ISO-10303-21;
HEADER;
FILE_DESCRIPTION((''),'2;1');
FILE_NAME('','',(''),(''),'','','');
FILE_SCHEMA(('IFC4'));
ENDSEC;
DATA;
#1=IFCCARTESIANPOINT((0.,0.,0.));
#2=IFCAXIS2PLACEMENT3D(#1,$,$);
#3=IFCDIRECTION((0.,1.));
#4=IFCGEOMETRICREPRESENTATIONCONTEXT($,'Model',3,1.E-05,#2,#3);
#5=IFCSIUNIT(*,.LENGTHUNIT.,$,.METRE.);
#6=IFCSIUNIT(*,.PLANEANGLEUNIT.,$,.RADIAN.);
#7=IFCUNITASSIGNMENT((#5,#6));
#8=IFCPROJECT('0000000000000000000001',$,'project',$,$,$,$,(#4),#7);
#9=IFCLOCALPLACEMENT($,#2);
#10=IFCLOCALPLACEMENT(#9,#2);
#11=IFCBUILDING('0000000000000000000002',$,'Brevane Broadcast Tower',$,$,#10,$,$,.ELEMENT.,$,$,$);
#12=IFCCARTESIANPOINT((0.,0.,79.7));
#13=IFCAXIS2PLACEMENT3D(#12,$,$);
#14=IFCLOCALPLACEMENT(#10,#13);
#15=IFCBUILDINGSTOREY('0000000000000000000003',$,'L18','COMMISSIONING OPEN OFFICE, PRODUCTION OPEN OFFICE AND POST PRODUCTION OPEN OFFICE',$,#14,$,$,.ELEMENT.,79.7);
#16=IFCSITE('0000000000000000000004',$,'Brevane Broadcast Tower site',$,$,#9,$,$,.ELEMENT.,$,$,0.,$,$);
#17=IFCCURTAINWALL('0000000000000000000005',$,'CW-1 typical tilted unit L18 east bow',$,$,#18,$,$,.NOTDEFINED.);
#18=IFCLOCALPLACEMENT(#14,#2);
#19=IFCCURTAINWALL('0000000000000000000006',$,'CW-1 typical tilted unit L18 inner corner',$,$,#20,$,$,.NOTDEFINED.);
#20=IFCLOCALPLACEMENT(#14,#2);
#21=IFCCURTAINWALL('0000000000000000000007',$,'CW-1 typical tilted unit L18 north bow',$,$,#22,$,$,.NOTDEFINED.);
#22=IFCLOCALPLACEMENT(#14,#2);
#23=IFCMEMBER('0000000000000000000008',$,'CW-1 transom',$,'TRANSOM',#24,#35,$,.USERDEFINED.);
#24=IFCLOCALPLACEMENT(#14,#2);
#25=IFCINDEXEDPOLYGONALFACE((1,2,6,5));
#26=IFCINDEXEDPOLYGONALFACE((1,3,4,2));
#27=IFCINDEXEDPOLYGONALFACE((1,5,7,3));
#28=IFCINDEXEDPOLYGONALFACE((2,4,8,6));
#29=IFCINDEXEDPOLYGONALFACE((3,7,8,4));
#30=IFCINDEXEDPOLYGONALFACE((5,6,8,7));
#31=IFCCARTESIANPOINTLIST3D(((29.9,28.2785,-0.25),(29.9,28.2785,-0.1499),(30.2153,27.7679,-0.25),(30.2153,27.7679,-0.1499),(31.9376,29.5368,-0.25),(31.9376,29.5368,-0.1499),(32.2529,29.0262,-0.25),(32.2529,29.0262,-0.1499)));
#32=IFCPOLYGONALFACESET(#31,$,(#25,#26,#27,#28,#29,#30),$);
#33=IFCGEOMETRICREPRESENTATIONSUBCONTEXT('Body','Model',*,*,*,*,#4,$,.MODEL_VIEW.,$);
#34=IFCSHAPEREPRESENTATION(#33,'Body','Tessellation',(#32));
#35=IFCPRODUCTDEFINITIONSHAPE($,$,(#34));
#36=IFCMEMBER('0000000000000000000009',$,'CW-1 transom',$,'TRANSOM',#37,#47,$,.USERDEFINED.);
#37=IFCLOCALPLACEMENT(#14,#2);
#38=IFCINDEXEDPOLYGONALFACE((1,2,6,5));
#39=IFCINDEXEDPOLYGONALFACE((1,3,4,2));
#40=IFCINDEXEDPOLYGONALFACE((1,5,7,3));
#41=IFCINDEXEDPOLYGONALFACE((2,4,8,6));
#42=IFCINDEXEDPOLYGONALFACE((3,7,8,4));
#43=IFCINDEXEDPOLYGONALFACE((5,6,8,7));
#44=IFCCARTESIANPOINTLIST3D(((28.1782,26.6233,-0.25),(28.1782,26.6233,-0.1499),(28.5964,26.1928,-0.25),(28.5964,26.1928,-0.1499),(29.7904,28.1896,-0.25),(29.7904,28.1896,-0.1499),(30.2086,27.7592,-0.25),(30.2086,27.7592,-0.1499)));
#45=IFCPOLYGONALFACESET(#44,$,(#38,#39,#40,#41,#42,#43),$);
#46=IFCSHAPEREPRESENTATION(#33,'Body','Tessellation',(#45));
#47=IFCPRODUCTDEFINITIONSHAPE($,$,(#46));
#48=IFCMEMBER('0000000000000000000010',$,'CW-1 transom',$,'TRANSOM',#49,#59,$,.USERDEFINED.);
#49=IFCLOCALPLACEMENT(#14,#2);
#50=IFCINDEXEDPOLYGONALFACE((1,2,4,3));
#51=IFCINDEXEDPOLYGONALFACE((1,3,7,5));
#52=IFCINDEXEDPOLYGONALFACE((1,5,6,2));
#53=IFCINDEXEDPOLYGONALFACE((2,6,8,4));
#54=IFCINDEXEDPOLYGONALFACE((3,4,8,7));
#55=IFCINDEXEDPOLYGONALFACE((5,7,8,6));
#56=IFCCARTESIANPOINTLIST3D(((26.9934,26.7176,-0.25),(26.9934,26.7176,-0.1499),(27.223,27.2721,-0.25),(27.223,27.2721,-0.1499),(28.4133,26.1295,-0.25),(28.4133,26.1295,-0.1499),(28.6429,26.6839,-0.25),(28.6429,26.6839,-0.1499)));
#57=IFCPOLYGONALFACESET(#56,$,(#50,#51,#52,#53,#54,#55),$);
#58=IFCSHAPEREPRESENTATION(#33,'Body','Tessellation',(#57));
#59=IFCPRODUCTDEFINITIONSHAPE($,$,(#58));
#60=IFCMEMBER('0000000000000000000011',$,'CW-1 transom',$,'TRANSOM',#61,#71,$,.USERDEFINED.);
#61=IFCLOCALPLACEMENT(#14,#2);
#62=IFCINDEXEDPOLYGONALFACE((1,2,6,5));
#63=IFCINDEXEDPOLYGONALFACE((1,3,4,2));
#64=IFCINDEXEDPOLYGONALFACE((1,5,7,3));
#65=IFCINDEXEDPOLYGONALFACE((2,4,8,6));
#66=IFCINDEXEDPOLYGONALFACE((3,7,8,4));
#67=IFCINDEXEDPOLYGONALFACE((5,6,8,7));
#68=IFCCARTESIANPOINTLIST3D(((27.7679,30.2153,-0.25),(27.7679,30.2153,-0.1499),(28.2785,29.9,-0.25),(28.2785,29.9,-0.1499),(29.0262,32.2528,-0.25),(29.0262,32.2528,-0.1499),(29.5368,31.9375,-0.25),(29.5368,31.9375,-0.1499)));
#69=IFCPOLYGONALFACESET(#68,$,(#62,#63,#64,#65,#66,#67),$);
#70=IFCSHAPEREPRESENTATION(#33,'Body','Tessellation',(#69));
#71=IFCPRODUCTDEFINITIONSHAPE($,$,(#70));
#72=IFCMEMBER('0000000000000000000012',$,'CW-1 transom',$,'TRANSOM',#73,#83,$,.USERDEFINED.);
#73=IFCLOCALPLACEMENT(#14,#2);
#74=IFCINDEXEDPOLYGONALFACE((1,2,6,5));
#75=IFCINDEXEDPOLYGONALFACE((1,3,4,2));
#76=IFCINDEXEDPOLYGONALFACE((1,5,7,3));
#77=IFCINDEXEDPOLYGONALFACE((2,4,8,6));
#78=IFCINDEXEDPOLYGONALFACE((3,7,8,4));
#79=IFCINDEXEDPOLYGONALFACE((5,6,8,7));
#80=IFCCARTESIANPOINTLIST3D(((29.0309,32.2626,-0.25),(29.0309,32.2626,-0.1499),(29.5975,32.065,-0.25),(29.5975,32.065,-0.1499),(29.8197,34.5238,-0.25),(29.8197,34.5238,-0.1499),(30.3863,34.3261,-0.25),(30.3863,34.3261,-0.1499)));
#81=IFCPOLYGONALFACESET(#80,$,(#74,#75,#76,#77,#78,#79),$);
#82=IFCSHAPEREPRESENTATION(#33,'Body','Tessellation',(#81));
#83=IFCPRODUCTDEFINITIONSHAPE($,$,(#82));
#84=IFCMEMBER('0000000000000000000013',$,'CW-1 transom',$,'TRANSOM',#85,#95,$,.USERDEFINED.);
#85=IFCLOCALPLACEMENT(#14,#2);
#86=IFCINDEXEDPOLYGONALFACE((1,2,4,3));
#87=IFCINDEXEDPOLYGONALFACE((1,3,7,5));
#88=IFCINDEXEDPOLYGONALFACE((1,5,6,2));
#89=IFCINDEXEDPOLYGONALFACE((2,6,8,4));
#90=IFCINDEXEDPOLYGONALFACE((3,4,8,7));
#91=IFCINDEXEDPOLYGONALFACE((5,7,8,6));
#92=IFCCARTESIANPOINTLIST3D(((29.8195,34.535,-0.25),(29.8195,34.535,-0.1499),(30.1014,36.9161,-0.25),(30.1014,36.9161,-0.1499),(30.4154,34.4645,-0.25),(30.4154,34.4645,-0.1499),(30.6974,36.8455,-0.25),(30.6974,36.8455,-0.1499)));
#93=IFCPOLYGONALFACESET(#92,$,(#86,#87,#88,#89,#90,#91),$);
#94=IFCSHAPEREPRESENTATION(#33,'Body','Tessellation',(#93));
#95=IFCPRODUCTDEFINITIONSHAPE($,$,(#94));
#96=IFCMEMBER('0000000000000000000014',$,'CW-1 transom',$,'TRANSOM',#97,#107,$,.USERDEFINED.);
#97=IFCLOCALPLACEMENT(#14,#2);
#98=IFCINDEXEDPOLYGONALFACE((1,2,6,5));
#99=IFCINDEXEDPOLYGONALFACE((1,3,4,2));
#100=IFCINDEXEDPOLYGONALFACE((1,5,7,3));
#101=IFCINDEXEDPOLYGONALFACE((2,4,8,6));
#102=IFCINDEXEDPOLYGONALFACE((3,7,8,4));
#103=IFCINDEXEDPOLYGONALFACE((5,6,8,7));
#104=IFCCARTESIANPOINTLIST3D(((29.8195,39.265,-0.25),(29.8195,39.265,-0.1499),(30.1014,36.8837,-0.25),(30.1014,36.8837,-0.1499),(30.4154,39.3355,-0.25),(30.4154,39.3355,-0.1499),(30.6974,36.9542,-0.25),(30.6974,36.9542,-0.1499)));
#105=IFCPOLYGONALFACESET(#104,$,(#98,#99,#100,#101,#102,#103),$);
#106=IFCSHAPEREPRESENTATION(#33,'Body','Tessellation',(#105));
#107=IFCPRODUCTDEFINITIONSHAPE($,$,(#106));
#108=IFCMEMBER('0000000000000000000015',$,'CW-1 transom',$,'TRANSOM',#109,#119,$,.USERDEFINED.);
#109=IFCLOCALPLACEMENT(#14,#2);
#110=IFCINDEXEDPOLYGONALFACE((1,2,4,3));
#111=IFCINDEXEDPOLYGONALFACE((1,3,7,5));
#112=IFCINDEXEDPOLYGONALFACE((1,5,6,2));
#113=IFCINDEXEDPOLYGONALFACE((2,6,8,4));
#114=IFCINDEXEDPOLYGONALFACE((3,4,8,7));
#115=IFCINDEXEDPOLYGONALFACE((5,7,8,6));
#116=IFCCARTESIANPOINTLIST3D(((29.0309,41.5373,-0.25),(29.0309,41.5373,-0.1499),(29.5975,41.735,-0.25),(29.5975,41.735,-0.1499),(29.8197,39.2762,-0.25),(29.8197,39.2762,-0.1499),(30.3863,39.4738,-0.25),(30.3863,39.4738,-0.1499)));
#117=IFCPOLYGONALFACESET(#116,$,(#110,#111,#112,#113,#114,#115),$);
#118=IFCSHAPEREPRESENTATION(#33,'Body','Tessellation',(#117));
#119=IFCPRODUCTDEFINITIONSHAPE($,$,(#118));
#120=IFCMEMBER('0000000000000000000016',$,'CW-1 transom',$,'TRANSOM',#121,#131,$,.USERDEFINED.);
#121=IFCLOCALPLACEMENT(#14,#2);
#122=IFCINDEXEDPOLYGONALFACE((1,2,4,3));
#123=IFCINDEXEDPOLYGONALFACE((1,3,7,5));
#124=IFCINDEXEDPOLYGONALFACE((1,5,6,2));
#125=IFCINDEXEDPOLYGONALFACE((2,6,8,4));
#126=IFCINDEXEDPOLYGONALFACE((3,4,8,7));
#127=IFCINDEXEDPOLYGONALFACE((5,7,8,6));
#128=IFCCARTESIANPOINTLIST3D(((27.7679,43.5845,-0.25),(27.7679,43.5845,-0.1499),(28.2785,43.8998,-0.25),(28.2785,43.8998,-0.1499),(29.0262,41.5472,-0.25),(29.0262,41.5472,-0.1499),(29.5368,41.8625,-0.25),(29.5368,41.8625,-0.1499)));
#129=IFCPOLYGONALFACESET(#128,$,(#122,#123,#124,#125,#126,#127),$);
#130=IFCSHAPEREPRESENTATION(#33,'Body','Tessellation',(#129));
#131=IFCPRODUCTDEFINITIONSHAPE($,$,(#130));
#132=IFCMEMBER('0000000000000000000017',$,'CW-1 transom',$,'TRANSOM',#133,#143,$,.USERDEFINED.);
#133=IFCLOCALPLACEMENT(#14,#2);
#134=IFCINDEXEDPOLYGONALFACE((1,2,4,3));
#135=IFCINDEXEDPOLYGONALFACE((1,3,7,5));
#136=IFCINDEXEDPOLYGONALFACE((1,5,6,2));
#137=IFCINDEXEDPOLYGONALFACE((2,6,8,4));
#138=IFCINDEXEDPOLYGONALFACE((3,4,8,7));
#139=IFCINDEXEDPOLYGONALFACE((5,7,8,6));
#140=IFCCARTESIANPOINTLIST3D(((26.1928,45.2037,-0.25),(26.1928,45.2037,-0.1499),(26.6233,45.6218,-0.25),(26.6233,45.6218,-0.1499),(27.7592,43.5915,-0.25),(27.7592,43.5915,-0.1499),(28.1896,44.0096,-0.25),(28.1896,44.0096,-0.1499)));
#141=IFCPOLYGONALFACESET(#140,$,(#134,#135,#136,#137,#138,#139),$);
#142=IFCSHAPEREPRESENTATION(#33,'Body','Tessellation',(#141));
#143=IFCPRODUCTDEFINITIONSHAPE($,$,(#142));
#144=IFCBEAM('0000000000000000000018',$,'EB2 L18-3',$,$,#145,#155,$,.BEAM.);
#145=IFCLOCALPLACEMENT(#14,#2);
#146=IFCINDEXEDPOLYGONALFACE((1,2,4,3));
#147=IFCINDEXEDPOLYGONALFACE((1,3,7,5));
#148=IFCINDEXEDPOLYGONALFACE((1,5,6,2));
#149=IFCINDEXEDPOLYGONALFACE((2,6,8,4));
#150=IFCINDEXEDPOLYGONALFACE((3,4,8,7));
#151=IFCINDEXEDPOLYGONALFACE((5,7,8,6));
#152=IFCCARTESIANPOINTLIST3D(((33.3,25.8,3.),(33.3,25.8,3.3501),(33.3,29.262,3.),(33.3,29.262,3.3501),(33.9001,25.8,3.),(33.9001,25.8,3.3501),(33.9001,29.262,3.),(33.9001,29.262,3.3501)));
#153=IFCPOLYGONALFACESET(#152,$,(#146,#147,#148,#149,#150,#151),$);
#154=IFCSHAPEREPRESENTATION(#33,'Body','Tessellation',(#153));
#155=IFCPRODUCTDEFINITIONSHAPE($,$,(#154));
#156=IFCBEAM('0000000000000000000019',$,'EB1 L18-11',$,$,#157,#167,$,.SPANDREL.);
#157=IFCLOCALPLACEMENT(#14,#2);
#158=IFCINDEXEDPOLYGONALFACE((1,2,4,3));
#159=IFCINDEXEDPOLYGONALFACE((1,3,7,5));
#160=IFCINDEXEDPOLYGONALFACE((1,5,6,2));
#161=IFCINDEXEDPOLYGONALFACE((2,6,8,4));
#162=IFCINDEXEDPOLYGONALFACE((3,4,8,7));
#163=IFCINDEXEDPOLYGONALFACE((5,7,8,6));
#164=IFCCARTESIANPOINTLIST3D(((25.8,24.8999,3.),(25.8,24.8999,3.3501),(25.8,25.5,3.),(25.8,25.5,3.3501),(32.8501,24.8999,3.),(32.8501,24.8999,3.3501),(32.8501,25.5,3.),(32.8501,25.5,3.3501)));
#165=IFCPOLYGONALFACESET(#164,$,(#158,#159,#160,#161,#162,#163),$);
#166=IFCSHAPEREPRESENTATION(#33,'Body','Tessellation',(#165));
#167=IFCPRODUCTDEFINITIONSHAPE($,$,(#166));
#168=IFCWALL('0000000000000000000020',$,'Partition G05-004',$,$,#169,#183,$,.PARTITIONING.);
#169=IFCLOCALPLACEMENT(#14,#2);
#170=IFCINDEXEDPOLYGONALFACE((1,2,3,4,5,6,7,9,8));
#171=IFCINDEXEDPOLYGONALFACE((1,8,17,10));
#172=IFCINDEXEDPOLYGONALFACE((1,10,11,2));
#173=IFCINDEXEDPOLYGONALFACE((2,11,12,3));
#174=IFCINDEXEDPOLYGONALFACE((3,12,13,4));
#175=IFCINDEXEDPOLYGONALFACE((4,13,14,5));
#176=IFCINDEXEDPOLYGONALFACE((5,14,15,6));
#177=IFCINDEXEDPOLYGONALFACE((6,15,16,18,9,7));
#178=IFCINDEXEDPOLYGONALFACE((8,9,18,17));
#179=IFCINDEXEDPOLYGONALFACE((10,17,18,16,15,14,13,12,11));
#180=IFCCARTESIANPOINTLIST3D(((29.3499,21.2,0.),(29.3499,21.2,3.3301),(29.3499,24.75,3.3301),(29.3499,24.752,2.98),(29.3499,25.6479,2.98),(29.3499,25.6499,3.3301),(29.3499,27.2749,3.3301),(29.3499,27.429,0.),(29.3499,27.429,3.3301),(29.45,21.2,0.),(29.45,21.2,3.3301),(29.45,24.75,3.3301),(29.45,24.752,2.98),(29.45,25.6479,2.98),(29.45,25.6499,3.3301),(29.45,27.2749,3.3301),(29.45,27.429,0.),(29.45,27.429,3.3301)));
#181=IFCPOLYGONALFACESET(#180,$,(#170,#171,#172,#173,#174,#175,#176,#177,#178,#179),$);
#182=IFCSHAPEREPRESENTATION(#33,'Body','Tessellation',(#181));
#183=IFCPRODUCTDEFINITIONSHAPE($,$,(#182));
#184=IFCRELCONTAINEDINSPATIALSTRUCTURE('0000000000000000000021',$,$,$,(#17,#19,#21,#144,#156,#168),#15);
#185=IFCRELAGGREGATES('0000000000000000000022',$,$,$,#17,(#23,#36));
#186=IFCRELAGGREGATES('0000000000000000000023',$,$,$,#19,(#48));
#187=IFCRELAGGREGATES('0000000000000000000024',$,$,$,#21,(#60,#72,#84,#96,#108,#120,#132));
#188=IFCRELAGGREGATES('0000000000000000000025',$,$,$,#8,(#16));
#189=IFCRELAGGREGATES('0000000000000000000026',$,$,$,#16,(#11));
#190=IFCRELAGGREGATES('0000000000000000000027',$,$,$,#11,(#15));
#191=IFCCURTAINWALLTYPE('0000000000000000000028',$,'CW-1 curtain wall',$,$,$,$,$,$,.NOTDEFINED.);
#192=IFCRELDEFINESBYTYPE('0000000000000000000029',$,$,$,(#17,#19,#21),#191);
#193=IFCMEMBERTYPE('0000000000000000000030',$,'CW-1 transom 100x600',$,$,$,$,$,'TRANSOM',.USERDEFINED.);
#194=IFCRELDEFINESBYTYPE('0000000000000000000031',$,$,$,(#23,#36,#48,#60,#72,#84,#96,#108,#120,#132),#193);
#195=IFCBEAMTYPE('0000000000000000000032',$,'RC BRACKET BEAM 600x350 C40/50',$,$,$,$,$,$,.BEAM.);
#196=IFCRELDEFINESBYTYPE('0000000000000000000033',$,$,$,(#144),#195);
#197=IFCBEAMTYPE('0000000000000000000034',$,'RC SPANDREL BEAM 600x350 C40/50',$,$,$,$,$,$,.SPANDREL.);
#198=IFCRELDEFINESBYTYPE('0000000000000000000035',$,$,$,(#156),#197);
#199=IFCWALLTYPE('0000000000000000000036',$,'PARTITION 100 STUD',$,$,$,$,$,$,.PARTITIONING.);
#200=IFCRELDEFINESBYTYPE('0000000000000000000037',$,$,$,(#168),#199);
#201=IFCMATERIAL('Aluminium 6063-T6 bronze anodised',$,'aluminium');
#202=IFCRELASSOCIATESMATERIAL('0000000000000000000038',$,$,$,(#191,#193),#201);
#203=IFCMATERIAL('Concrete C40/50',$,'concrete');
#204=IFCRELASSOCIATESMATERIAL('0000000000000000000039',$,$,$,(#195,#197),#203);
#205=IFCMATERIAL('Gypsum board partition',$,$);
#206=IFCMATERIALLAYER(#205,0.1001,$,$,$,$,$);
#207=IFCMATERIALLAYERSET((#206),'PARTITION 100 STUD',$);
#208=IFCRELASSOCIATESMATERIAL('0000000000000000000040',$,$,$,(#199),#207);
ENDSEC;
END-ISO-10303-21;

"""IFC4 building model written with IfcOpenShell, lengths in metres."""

from ifc_helpers import new_model, si_unit, direction, frame, origin, origin_2d, place, context, subcontext, project, spatial, polyline, rectangle, outline, extrude, material, layer, layer_set, material_profile, profile_set, type_object, element, aggregate, save


model = new_model("IFC4")

# Units and contexts
model_context = context("Model", 3, precision=1e-05, world=origin(), true_north=direction((0.0, 1.0)))
body_context = subcontext(model_context, "Body", "Model", "MODEL_VIEW")
ifc_project = project(units=[si_unit("LENGTHUNIT", "METRE"), si_unit("PLANEANGLEUNIT", "RADIAN")], contexts=[model_context])

# Site, building, storey
site_placement = place(None, origin())
site = spatial("IfcSite", under=ifc_project, at=site_placement, Name="Brevane Broadcast Tower site", CompositionType="ELEMENT", RefElevation=0.0)
building_placement = place(site_placement, origin())
building = spatial("IfcBuilding", under=site, at=building_placement, Name="Brevane Broadcast Tower", CompositionType="ELEMENT")
storey_placement = place(building_placement, frame((0.0, 0.0, 79.7)))
storey = spatial("IfcBuildingStorey", under=building, at=storey_placement, Name="L18", Description="COMMISSIONING OPEN OFFICE, PRODUCTION OPEN OFFICE AND POST PRODUCTION OPEN OFFICE", CompositionType="ELEMENT", Elevation=79.7)

# Curtain walls
ifc_material_1 = material(Name="Aluminium 6063-T6 bronze anodised", Category="aluminium")
curtain_wall_type = type_object("IfcCurtainWallType", Name="CW-1 curtain wall", PredefinedType="NOTDEFINED", material=ifc_material_1)
curtain_wall_1_placement = place(storey_placement, origin())
curtain_wall_1 = element("IfcCurtainWall", 1, at=curtain_wall_1_placement, inside=storey, type_object=curtain_wall_type, Name="CW-1 typical tilted unit L18 east bow", PredefinedType="NOTDEFINED")
curtain_wall_2_placement = place(storey_placement, origin())
curtain_wall_2 = element("IfcCurtainWall", 2, at=curtain_wall_2_placement, inside=storey, type_object=curtain_wall_type, Name="CW-1 typical tilted unit L18 inner corner", PredefinedType="NOTDEFINED")
curtain_wall_3_placement = place(storey_placement, origin())
curtain_wall_3 = element("IfcCurtainWall", 3, at=curtain_wall_3_placement, inside=storey, type_object=curtain_wall_type, Name="CW-1 typical tilted unit L18 north bow", PredefinedType="NOTDEFINED")

# Members
ifc_material_profile_1 = material_profile(ifc_material_1, rectangle(XDim=0.6001, YDim=0.1001, at=origin_2d()), Name="RECT 100x600")
ifc_profile_set_1 = profile_set([ifc_material_profile_1], Name="Aluminium 6063-T6 bronze anodised")
member_type_1 = type_object("IfcMemberType", Name="CW-1 transom 100x600", ElementType="TRANSOM", PredefinedType="USERDEFINED", material=ifc_profile_set_1)
member_1_placement = place(storey_placement, frame((32.0952, 29.2815, -0.2), z_axis=(-0.850838, -0.525428, 0.0), x_axis=(0.525428, -0.850838, 0.0)))
member_1 = element("IfcMember", 4, at=member_1_placement, type_object=member_type_1, Name="CW-1 transom", ObjectType="TRANSOM", PredefinedType="USERDEFINED", context=body_context, shape_type="SweptSolid", body=[
    extrude(rectangle(XDim=0.6001, YDim=0.1001, at=origin_2d()), origin(), (0.0, 0.0, 1.0), 2.3948),
])
member_2_placement = place(storey_placement, frame((29.9995, 27.9744, -0.2), z_axis=(-0.717242, -0.696824, 0.0), x_axis=(0.696824, -0.717242, 0.0)))
member_2 = element("IfcMember", 5, at=member_2_placement, type_object=member_type_1, Name="CW-1 transom", ObjectType="TRANSOM", PredefinedType="USERDEFINED", context=body_context, shape_type="SweptSolid", body=[
    extrude(rectangle(XDim=0.6001, YDim=0.1001, at=origin_2d()), origin(), (0.0, 0.0, 1.0), 2.2478),
])
aggregate(curtain_wall_1, [member_1, member_2])
member_3_placement = place(storey_placement, frame((28.5281, 26.4067, -0.2), z_axis=(-0.923883, 0.382674, 0.0), x_axis=(-0.382674, -0.923883, 0.0)))
member_3 = element("IfcMember", 6, at=member_3_placement, type_object=member_type_1, Name="CW-1 transom", ObjectType="TRANSOM", PredefinedType="USERDEFINED", context=body_context, shape_type="SweptSolid", body=[
    extrude(rectangle(XDim=0.6001, YDim=0.1001, at=origin_2d()), origin(), (0.0, 0.0, 1.0), 1.5369),
])
aggregate(curtain_wall_2, [member_3])
member_4_placement = place(storey_placement, frame((28.0232, 30.0576, -0.2), z_axis=(0.525428, 0.850838, 0.0), x_axis=(-0.850838, 0.525428, 0.0)))
member_4 = element("IfcMember", 7, at=member_4_placement, type_object=member_type_1, Name="CW-1 transom", ObjectType="TRANSOM", PredefinedType="USERDEFINED", context=body_context, shape_type="SweptSolid", body=[
    extrude(rectangle(XDim=0.6001, YDim=0.1001, at=origin_2d()), origin(), (0.0, 0.0, 1.0), 2.3948),
])
member_5_placement = place(storey_placement, frame((29.3142, 32.1638, -0.2), z_axis=(0.329378, 0.944198, 0.0), x_axis=(-0.944198, 0.329378, 0.0)))
member_5 = element("IfcMember", 8, at=member_5_placement, type_object=member_type_1, Name="CW-1 transom", ObjectType="TRANSOM", PredefinedType="USERDEFINED", context=body_context, shape_type="SweptSolid", body=[
    extrude(rectangle(XDim=0.6001, YDim=0.1001, at=origin_2d()), origin(), (0.0, 0.0, 1.0), 2.3948),
])
member_6_placement = place(storey_placement, frame((30.1174, 34.4998, -0.2), z_axis=(0.117603, 0.993061, 0.0), x_axis=(-0.993061, 0.117603, 0.0)))
member_6 = element("IfcMember", 9, at=member_6_placement, type_object=member_type_1, Name="CW-1 transom", ObjectType="TRANSOM", PredefinedType="USERDEFINED", context=body_context, shape_type="SweptSolid", body=[
    extrude(rectangle(XDim=0.6001, YDim=0.1001, at=origin_2d()), origin(), (0.0, 0.0, 1.0), 2.3977),
])
member_7_placement = place(storey_placement, frame((30.3994, 36.9189, -0.2), z_axis=(-0.117591, 0.993062, 0.0), x_axis=(-0.993062, -0.117591, 0.0)))
member_7 = element("IfcMember", 10, at=member_7_placement, type_object=member_type_1, Name="CW-1 transom", ObjectType="TRANSOM", PredefinedType="USERDEFINED", context=body_context, shape_type="SweptSolid", body=[
    extrude(rectangle(XDim=0.6001, YDim=0.1001, at=origin_2d()), origin(), (0.0, 0.0, 1.0), 2.3979),
])
member_8_placement = place(storey_placement, frame((30.103, 39.375, -0.2), z_axis=(-0.329378, 0.944198, 0.0), x_axis=(-0.944198, -0.329378, 0.0)))
member_8 = element("IfcMember", 11, at=member_8_placement, type_object=member_type_1, Name="CW-1 transom", ObjectType="TRANSOM", PredefinedType="USERDEFINED", context=body_context, shape_type="SweptSolid", body=[
    extrude(rectangle(XDim=0.6001, YDim=0.1001, at=origin_2d()), origin(), (0.0, 0.0, 1.0), 2.3948),
])
member_9_placement = place(storey_placement, frame((29.2815, 41.7048, -0.2), z_axis=(-0.525473, 0.85081, 0.0), x_axis=(-0.85081, -0.525473, 0.0)))
member_9 = element("IfcMember", 12, at=member_9_placement, type_object=member_type_1, Name="CW-1 transom", ObjectType="TRANSOM", PredefinedType="USERDEFINED", context=body_context, shape_type="SweptSolid", body=[
    extrude(rectangle(XDim=0.6001, YDim=0.1001, at=origin_2d()), origin(), (0.0, 0.0, 1.0), 2.3945),
])
member_10_placement = place(storey_placement, frame((27.9744, 43.8005, -0.2), z_axis=(-0.696824, 0.717242, 0.0), x_axis=(-0.717242, -0.696824, 0.0)))
member_10 = element("IfcMember", 13, at=member_10_placement, type_object=member_type_1, Name="CW-1 transom", ObjectType="TRANSOM", PredefinedType="USERDEFINED", context=body_context, shape_type="SweptSolid", body=[
    extrude(rectangle(XDim=0.6001, YDim=0.1001, at=origin_2d()), origin(), (0.0, 0.0, 1.0), 2.2478),
])
aggregate(curtain_wall_3, [member_4, member_5, member_6, member_7, member_8, member_9, member_10])

# Beams
ifc_material_2 = material(Name="Concrete C40/50", Category="concrete")
ifc_material_profile_2 = material_profile(ifc_material_2, rectangle(XDim=0.6001, YDim=0.3501, at=origin_2d()), Name="RC 600x350")
ifc_profile_set_2 = profile_set([ifc_material_profile_2], Name="Concrete C40/50")
beam_type_1 = type_object("IfcBeamType", Name="RC BRACKET BEAM 600x350 C40/50", PredefinedType="BEAM", material=ifc_profile_set_2)
beam_1_placement = place(storey_placement, frame((33.6001, 25.8, 3.175), z_axis=(0.0, 1.0, 0.0), x_axis=(-1.0, 0.0, 0.0)))
element("IfcBeam", 14, at=beam_1_placement, inside=storey, type_object=beam_type_1, Name="EB2 L18-3", PredefinedType="BEAM", context=body_context, shape_type="SweptSolid", body=[
    extrude(rectangle(XDim=0.6001, YDim=0.3501, at=origin_2d()), origin(), (0.0, 0.0, 1.0), 3.4619),
])
ifc_material_profile_3 = material_profile(ifc_material_2, rectangle(XDim=0.6001, YDim=0.3501, at=origin_2d()), Name="RC 600x350")
ifc_profile_set_3 = profile_set([ifc_material_profile_3], Name="Concrete C40/50")
beam_type_2 = type_object("IfcBeamType", Name="RC SPANDREL BEAM 600x350 C40/50", PredefinedType="SPANDREL", material=ifc_profile_set_3)
beam_2_placement = place(storey_placement, frame((32.8501, 25.2, 3.175), z_axis=(-1.0, 0.0, 0.0), x_axis=(0.0, -1.0, 0.0)))
element("IfcBeam", 15, at=beam_2_placement, inside=storey, type_object=beam_type_2, Name="EB1 L18-11", PredefinedType="SPANDREL", context=body_context, shape_type="SweptSolid", body=[
    extrude(rectangle(XDim=0.6001, YDim=0.3501, at=origin_2d()), origin(), (0.0, 0.0, 1.0), 7.05),
])

# Wall
ifc_material_3 = material(Name="Gypsum board partition")
ifc_layer = layer(ifc_material_3, 0.1001)
ifc_layer_set = layer_set([ifc_layer], Name="PARTITION 100 STUD")
wall_type = type_object("IfcWallType", Name="PARTITION 100 STUD", PredefinedType="PARTITIONING", material=ifc_layer_set)
wall_placement = place(storey_placement, frame((29.3999, 27.429, 0.0), z_axis=(0.0, 0.0, 1.0), x_axis=(0.0, -1.0, 0.0)))
element("IfcWall", 16, at=wall_placement, inside=storey, type_object=wall_type, Name="Partition G05-004", PredefinedType="PARTITIONING", context=body_context, shape_type="SweptSolid", body=[
    extrude(outline(polyline([(0.0, 0.0), (6.229, 0.0), (6.229, 3.3301), (2.679, 3.3301), (2.677, 2.98), (1.781, 2.98), (1.7791, 3.3301), (0.1541, 3.3301), (0.0, 3.3301), (0.0, 0.0)])), frame((0.0, 0.05, 0.0), z_axis=(0.0, -1.0, 0.0), x_axis=(1.0, 0.0, 0.0)), (0.0, 0.0, 1.0), 0.1001),
])

save(model, "model.ifc")
